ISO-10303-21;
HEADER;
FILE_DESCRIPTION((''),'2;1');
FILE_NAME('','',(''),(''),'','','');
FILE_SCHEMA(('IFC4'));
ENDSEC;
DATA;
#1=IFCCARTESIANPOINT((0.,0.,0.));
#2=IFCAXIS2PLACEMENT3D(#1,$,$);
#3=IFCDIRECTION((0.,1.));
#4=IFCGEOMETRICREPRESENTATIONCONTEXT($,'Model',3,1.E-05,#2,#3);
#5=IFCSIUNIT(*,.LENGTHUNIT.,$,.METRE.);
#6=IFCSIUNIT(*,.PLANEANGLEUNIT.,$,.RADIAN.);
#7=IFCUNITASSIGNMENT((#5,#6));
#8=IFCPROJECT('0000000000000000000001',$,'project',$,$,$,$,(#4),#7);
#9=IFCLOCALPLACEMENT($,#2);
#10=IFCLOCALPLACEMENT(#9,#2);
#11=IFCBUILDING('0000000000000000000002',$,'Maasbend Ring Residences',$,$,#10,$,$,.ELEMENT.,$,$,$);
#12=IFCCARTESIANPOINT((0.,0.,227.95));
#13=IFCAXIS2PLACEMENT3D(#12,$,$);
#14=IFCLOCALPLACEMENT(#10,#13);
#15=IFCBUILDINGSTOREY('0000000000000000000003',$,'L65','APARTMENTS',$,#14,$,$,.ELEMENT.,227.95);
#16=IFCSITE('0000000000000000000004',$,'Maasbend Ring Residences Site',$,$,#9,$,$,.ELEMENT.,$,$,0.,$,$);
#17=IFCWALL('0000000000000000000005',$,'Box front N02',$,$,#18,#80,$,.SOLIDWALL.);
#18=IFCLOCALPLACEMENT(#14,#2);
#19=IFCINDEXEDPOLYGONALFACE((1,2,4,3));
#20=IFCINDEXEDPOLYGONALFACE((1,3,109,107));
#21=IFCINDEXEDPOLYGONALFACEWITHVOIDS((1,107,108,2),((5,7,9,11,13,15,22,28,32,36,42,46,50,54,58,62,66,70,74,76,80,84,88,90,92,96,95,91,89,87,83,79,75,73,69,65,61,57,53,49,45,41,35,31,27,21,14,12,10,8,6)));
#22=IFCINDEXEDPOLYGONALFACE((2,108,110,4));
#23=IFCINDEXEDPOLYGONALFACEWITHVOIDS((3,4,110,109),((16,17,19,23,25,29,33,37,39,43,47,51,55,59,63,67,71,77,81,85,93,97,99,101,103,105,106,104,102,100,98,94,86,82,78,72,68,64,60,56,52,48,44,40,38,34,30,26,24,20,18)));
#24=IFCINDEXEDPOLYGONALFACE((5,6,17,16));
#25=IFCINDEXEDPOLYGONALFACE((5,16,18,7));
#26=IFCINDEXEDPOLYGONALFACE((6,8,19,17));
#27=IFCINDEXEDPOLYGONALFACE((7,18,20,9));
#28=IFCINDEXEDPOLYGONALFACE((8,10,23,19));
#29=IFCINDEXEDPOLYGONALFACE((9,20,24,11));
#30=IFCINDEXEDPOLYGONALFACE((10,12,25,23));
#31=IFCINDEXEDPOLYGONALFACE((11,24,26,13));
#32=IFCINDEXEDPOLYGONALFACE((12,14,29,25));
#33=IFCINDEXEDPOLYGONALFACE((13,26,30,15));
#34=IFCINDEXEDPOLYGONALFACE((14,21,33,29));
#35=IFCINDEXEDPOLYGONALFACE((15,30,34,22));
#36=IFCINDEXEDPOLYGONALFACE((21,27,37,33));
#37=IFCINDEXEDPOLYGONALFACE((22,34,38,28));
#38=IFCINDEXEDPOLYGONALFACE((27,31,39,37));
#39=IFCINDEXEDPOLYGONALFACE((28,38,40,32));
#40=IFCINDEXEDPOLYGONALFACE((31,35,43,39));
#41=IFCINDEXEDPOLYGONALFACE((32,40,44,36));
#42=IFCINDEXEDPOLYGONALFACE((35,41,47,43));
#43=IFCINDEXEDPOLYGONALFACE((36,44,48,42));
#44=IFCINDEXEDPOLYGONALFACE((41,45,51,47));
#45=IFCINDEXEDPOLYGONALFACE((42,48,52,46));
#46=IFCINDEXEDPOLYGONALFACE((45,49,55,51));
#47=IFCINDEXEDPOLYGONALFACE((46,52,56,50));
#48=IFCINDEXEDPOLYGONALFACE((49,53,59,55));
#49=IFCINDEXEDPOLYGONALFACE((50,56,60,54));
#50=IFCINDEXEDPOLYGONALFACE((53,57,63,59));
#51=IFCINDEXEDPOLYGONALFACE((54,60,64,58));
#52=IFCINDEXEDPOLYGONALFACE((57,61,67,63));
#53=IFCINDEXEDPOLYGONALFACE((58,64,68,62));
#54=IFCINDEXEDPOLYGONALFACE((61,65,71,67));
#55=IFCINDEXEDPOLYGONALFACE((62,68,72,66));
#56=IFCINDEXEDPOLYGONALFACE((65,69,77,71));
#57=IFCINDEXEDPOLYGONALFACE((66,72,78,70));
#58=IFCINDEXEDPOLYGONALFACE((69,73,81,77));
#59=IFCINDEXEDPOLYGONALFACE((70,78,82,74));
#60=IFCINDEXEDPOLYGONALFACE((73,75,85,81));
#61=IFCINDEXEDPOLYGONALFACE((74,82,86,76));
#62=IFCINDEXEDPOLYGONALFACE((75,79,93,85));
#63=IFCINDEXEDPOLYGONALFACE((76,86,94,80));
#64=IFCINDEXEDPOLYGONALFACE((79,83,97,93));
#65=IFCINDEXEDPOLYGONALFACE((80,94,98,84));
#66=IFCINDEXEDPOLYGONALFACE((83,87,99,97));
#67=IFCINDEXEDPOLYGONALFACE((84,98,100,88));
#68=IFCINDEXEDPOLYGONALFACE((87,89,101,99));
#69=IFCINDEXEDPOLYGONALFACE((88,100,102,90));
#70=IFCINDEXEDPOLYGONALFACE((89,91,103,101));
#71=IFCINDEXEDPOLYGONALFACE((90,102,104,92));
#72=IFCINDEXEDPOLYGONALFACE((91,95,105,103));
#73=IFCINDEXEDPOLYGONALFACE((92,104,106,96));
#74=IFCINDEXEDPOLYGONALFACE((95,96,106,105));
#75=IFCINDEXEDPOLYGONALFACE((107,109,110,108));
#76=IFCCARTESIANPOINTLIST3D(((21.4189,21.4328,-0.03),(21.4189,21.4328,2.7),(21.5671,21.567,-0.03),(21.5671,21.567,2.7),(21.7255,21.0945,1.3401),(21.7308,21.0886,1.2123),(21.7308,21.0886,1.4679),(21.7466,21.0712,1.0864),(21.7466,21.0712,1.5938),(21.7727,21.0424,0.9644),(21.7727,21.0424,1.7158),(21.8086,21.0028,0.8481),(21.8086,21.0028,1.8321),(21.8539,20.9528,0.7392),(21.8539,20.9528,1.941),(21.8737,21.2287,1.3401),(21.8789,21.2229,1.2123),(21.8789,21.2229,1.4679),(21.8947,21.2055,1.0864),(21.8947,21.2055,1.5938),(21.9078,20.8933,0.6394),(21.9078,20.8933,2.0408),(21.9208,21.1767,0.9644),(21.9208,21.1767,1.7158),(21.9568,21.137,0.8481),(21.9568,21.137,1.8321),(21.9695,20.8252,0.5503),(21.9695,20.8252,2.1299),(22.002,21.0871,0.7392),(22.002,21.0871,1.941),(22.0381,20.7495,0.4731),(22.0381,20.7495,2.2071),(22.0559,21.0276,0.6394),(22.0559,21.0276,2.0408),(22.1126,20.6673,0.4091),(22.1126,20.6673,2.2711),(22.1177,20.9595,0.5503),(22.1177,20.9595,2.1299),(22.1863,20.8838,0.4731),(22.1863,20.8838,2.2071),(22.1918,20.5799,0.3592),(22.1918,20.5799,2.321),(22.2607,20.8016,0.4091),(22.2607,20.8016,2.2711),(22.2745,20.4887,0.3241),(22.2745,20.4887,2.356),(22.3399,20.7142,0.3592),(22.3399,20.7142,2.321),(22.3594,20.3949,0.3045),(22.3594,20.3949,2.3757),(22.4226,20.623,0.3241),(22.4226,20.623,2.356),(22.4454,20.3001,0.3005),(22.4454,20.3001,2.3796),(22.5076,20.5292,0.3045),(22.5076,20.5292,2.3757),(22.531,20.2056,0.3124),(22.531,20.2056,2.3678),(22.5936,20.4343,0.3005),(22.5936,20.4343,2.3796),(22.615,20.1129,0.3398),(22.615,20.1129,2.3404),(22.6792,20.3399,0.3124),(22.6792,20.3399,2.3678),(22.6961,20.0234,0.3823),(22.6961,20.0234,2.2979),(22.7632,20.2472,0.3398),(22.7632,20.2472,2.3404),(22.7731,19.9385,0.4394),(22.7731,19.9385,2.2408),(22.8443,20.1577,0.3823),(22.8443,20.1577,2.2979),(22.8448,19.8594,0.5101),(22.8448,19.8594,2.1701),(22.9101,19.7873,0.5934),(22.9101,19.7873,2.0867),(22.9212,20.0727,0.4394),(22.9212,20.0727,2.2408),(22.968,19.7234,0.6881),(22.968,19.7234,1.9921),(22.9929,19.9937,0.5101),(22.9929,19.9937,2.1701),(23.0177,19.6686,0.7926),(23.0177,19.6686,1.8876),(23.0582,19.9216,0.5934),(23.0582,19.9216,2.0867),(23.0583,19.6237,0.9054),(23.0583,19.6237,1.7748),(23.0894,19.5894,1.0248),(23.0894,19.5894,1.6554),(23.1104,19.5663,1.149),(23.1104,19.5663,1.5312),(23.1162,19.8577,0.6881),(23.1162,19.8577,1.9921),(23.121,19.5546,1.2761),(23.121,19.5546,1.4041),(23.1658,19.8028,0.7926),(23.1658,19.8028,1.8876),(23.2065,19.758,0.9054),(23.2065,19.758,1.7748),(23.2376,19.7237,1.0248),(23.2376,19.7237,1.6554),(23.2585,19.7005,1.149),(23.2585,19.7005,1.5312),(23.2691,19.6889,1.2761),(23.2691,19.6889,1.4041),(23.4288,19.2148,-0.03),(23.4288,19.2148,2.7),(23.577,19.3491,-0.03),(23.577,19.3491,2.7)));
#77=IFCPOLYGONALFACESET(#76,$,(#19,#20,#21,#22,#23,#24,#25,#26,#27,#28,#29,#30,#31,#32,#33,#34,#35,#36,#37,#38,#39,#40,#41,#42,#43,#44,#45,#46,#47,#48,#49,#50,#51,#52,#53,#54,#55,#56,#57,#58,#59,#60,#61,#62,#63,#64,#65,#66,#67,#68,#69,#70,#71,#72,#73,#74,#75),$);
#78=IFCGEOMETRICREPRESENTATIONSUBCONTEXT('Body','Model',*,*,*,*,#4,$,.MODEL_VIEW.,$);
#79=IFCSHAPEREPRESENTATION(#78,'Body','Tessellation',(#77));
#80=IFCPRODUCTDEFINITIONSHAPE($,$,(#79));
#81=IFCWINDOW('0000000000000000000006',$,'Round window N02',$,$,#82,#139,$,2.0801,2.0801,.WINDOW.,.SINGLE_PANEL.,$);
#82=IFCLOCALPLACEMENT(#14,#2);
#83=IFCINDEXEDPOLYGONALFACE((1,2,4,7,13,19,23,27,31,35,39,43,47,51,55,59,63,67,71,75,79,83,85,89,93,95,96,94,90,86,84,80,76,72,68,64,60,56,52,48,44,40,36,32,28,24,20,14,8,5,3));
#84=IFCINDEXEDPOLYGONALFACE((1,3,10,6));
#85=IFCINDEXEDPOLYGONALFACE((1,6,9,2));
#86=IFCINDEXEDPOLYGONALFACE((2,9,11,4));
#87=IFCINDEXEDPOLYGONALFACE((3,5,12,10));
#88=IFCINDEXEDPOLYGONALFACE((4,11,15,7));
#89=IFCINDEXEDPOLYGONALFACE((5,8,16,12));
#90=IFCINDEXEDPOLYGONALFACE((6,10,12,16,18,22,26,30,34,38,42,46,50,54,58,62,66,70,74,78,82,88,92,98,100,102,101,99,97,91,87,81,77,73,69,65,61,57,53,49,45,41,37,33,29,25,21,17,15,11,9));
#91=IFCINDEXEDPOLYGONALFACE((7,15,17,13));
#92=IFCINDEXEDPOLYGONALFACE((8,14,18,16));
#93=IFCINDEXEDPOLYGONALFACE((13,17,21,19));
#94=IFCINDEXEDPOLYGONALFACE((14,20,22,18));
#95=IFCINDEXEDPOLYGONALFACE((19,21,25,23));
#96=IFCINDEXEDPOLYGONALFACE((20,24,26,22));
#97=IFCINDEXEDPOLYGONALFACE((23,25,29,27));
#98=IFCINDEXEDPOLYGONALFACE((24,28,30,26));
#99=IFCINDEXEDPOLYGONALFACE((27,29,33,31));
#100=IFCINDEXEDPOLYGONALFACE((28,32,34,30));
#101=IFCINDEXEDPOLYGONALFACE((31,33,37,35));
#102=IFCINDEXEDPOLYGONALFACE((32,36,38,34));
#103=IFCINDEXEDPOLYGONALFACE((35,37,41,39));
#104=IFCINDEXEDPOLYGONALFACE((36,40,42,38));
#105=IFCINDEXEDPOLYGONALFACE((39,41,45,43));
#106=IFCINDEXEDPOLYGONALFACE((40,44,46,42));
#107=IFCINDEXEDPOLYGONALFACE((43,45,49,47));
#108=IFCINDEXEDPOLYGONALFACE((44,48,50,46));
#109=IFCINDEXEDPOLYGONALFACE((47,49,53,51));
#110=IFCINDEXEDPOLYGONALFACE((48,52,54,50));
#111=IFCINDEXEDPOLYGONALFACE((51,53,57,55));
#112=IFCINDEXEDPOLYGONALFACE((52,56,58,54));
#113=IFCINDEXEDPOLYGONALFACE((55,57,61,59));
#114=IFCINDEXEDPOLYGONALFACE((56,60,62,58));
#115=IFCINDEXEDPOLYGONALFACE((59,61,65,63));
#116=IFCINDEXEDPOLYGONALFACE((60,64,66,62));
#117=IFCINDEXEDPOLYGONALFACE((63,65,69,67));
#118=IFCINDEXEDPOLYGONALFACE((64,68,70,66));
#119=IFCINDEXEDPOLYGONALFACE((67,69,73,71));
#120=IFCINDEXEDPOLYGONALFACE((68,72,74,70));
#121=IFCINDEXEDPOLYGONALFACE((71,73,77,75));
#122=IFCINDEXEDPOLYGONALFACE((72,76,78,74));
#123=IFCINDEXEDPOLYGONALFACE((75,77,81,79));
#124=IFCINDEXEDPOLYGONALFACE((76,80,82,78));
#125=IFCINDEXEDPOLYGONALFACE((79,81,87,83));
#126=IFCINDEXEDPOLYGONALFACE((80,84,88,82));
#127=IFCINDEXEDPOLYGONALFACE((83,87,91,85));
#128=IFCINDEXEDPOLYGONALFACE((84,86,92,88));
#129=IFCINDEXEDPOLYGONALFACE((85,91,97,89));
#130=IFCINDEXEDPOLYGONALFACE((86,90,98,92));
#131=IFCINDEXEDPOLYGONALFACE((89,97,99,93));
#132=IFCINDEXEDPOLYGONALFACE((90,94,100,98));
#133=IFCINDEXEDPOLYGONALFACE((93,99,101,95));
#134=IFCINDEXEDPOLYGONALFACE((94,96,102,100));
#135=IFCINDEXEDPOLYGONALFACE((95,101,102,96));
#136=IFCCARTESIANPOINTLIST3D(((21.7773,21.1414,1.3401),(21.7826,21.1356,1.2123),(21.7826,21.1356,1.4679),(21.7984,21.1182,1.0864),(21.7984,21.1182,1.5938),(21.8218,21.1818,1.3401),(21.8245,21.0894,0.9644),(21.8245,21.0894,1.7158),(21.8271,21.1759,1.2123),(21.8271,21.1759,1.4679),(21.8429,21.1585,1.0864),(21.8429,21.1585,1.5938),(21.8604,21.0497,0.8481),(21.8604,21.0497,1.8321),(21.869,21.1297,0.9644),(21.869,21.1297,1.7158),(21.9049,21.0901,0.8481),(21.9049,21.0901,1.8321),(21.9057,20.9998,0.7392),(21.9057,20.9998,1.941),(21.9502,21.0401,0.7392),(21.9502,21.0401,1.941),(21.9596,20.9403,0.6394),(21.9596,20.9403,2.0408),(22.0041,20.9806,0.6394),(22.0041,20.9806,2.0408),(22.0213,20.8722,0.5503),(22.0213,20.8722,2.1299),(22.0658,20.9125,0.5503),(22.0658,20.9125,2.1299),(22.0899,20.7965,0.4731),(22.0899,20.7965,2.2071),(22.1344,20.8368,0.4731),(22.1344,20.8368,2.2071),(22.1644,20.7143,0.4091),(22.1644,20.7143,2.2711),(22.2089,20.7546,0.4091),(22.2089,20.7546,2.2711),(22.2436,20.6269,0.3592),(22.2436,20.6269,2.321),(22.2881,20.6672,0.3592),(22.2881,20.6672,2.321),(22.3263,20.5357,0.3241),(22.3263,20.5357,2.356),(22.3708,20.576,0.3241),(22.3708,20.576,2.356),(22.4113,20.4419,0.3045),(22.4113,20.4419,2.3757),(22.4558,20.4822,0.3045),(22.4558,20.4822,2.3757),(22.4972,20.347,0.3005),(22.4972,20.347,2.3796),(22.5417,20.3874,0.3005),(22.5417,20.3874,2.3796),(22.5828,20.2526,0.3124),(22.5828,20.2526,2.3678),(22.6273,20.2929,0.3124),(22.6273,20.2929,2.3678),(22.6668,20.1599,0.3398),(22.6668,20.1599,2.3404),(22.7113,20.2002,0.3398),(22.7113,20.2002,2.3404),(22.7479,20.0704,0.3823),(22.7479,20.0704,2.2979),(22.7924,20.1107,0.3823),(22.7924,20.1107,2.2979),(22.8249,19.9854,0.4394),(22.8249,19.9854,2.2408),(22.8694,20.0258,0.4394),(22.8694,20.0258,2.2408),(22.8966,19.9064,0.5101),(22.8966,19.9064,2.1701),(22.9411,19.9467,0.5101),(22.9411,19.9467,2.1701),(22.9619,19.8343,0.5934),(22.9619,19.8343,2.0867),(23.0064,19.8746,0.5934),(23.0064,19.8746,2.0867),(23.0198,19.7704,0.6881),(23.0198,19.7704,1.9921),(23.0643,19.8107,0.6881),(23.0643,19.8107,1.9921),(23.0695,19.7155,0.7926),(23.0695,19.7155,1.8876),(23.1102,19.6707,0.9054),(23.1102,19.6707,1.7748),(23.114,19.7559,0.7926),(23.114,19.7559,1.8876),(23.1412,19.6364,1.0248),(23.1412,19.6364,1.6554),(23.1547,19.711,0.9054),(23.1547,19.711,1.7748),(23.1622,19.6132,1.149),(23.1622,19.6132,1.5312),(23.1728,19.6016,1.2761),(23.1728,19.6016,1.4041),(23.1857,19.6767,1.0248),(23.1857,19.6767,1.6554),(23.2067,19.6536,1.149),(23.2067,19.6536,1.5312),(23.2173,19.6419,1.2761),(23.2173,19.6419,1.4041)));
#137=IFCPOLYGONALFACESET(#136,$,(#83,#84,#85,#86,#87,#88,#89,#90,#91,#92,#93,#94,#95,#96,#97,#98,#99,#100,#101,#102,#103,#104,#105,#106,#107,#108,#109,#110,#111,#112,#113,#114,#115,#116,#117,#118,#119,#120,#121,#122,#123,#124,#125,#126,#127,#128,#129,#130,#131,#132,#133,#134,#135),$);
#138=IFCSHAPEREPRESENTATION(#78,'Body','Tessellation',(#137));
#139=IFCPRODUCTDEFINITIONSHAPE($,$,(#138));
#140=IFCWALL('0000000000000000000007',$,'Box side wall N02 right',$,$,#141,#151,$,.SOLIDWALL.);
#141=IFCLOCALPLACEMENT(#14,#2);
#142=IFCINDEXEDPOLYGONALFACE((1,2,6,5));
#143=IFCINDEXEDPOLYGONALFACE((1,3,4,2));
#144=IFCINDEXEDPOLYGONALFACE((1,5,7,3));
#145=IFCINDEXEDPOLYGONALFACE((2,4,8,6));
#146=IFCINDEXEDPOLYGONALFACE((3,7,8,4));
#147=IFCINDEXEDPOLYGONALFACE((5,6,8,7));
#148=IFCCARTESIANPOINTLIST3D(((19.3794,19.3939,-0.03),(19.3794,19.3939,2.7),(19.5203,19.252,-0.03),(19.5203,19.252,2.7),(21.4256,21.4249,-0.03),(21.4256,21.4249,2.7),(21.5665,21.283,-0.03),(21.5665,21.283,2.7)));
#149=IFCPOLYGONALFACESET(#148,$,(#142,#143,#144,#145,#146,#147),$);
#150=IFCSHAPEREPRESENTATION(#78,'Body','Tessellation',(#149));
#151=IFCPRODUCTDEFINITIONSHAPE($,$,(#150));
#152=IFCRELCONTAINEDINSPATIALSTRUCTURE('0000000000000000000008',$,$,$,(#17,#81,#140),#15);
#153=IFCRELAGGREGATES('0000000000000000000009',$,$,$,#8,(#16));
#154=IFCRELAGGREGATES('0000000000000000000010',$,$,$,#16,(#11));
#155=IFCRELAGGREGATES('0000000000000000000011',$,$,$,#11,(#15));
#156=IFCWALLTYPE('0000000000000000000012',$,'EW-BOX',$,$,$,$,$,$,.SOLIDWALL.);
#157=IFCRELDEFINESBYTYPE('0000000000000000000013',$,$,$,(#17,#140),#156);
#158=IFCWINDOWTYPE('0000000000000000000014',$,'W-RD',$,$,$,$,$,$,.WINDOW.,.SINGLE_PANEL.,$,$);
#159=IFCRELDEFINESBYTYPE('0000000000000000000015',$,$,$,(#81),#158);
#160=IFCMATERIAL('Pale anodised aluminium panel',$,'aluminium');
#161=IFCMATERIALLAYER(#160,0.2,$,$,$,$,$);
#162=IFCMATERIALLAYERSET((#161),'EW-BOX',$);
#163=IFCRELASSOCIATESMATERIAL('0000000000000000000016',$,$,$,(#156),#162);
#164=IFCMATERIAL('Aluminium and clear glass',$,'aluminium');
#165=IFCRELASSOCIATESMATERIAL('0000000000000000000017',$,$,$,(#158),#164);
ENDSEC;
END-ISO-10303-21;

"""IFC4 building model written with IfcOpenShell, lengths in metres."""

from ifc_helpers import new_model, si_unit, direction, frame, frame_2d, origin, place, context, subcontext, project, spatial, rectangle, circle, extrude, material, layer, layer_set, type_object, element, fill, save


model = new_model("IFC4")

# Units and contexts
model_context = context("Model", 3, precision=1e-05, world=origin(), true_north=direction((0.0, 1.0)))
body_context = subcontext(model_context, "Body", "Model", "MODEL_VIEW")
ifc_project = project(units=[si_unit("LENGTHUNIT", "METRE"), si_unit("PLANEANGLEUNIT", "RADIAN")], contexts=[model_context])

# Site, building, storey
site_placement = place(None, origin())
site = spatial("IfcSite", under=ifc_project, at=site_placement, Name="Maasbend Ring Residences Site", CompositionType="ELEMENT", RefElevation=0.0)
building_placement = place(site_placement, origin())
building = spatial("IfcBuilding", under=site, at=building_placement, Name="Maasbend Ring Residences", CompositionType="ELEMENT")
storey_placement = place(building_placement, frame((0.0, 0.0, 227.95)))
storey = spatial("IfcBuildingStorey", under=building, at=storey_placement, Name="L65", Description="APARTMENTS", CompositionType="ELEMENT", Elevation=227.95)

# Wall, opening, window
ifc_material_1 = material(Name="Pale anodised aluminium panel", Category="aluminium")
ifc_layer_1 = layer(ifc_material_1, 0.2)
ifc_layer_set_1 = layer_set([ifc_layer_1], Name="EW-BOX")
wall_type_1 = type_object("IfcWallType", Name="EW-BOX", PredefinedType="SOLIDWALL", material=ifc_layer_set_1)
wall_1_placement = place(storey_placement, frame((23.5029, 19.282, -0.03), z_axis=(0.0, 0.0, 1.0), x_axis=(-0.671507, 0.740998, 0.0)))
wall_1 = element("IfcWall", 1, at=wall_1_placement, inside=storey, type_object=wall_type_1, Name="Box front N02", PredefinedType="SOLIDWALL", context=body_context, shape_type="SweptSolid", body=[
    extrude(rectangle(XDim=2.9932, YDim=0.2, at=frame_2d((1.4966, 0.0))), origin(), (0.0, 0.0, 1.0), 2.73),
])
opening_1_placement = place(wall_1_placement, frame((0.4565, 0.0, 0.3301)))
opening_1 = element("IfcOpeningElement", 2, at=opening_1_placement, cuts=wall_1, PredefinedType="OPENING", context=body_context, shape_type="SweptSolid", body=[
    extrude(circle(Radius=1.04, at=frame_2d((1.04, 1.04))), frame((0.0, 0.1099, 0.0), z_axis=(0.0, -1.0, 0.0), x_axis=(1.0, 0.0, 0.0)), (0.0, 0.0, 1.0), 0.22),
])
ifc_material_2 = material(Name="Aluminium and clear glass", Category="aluminium")
window_type_1 = type_object("IfcWindowType", Name="W-RD", PartitioningType="SINGLE_PANEL", PredefinedType="WINDOW", material=ifc_material_2)
window_1_placement = place(opening_1_placement, origin())
window_1 = element("IfcWindow", 3, at=window_1_placement, inside=storey, type_object=window_type_1, Name="Round window N02", OverallHeight=2.0801, OverallWidth=2.0801, PartitioningType="SINGLE_PANEL", PredefinedType="WINDOW", context=body_context, shape_type="SweptSolid", body=[
    extrude(circle(Radius=1.04, at=frame_2d((1.04, 1.04))), frame((0.0, 0.03, 0.0), z_axis=(0.0, -1.0, 0.0), x_axis=(1.0, 0.0, 0.0)), (0.0, 0.0, 1.0), 0.0601),
])
fill(opening_1, window_1)

# Wall
wall_2_placement = place(storey_placement, frame((19.45, 19.323, -0.03), z_axis=(0.0, 0.0, 1.0), x_axis=(0.709727, 0.704477, 0.0)))
element("IfcWall", 4, at=wall_2_placement, inside=storey, type_object=wall_type_1, Name="Box side wall N02 right", PredefinedType="SOLIDWALL", context=body_context, shape_type="SweptSolid", body=[
    extrude(rectangle(XDim=2.8831, YDim=0.2, at=frame_2d((1.4414, 0.0))), origin(), (0.0, 0.0, 1.0), 2.73),
])

save(model, "model.ifc")
